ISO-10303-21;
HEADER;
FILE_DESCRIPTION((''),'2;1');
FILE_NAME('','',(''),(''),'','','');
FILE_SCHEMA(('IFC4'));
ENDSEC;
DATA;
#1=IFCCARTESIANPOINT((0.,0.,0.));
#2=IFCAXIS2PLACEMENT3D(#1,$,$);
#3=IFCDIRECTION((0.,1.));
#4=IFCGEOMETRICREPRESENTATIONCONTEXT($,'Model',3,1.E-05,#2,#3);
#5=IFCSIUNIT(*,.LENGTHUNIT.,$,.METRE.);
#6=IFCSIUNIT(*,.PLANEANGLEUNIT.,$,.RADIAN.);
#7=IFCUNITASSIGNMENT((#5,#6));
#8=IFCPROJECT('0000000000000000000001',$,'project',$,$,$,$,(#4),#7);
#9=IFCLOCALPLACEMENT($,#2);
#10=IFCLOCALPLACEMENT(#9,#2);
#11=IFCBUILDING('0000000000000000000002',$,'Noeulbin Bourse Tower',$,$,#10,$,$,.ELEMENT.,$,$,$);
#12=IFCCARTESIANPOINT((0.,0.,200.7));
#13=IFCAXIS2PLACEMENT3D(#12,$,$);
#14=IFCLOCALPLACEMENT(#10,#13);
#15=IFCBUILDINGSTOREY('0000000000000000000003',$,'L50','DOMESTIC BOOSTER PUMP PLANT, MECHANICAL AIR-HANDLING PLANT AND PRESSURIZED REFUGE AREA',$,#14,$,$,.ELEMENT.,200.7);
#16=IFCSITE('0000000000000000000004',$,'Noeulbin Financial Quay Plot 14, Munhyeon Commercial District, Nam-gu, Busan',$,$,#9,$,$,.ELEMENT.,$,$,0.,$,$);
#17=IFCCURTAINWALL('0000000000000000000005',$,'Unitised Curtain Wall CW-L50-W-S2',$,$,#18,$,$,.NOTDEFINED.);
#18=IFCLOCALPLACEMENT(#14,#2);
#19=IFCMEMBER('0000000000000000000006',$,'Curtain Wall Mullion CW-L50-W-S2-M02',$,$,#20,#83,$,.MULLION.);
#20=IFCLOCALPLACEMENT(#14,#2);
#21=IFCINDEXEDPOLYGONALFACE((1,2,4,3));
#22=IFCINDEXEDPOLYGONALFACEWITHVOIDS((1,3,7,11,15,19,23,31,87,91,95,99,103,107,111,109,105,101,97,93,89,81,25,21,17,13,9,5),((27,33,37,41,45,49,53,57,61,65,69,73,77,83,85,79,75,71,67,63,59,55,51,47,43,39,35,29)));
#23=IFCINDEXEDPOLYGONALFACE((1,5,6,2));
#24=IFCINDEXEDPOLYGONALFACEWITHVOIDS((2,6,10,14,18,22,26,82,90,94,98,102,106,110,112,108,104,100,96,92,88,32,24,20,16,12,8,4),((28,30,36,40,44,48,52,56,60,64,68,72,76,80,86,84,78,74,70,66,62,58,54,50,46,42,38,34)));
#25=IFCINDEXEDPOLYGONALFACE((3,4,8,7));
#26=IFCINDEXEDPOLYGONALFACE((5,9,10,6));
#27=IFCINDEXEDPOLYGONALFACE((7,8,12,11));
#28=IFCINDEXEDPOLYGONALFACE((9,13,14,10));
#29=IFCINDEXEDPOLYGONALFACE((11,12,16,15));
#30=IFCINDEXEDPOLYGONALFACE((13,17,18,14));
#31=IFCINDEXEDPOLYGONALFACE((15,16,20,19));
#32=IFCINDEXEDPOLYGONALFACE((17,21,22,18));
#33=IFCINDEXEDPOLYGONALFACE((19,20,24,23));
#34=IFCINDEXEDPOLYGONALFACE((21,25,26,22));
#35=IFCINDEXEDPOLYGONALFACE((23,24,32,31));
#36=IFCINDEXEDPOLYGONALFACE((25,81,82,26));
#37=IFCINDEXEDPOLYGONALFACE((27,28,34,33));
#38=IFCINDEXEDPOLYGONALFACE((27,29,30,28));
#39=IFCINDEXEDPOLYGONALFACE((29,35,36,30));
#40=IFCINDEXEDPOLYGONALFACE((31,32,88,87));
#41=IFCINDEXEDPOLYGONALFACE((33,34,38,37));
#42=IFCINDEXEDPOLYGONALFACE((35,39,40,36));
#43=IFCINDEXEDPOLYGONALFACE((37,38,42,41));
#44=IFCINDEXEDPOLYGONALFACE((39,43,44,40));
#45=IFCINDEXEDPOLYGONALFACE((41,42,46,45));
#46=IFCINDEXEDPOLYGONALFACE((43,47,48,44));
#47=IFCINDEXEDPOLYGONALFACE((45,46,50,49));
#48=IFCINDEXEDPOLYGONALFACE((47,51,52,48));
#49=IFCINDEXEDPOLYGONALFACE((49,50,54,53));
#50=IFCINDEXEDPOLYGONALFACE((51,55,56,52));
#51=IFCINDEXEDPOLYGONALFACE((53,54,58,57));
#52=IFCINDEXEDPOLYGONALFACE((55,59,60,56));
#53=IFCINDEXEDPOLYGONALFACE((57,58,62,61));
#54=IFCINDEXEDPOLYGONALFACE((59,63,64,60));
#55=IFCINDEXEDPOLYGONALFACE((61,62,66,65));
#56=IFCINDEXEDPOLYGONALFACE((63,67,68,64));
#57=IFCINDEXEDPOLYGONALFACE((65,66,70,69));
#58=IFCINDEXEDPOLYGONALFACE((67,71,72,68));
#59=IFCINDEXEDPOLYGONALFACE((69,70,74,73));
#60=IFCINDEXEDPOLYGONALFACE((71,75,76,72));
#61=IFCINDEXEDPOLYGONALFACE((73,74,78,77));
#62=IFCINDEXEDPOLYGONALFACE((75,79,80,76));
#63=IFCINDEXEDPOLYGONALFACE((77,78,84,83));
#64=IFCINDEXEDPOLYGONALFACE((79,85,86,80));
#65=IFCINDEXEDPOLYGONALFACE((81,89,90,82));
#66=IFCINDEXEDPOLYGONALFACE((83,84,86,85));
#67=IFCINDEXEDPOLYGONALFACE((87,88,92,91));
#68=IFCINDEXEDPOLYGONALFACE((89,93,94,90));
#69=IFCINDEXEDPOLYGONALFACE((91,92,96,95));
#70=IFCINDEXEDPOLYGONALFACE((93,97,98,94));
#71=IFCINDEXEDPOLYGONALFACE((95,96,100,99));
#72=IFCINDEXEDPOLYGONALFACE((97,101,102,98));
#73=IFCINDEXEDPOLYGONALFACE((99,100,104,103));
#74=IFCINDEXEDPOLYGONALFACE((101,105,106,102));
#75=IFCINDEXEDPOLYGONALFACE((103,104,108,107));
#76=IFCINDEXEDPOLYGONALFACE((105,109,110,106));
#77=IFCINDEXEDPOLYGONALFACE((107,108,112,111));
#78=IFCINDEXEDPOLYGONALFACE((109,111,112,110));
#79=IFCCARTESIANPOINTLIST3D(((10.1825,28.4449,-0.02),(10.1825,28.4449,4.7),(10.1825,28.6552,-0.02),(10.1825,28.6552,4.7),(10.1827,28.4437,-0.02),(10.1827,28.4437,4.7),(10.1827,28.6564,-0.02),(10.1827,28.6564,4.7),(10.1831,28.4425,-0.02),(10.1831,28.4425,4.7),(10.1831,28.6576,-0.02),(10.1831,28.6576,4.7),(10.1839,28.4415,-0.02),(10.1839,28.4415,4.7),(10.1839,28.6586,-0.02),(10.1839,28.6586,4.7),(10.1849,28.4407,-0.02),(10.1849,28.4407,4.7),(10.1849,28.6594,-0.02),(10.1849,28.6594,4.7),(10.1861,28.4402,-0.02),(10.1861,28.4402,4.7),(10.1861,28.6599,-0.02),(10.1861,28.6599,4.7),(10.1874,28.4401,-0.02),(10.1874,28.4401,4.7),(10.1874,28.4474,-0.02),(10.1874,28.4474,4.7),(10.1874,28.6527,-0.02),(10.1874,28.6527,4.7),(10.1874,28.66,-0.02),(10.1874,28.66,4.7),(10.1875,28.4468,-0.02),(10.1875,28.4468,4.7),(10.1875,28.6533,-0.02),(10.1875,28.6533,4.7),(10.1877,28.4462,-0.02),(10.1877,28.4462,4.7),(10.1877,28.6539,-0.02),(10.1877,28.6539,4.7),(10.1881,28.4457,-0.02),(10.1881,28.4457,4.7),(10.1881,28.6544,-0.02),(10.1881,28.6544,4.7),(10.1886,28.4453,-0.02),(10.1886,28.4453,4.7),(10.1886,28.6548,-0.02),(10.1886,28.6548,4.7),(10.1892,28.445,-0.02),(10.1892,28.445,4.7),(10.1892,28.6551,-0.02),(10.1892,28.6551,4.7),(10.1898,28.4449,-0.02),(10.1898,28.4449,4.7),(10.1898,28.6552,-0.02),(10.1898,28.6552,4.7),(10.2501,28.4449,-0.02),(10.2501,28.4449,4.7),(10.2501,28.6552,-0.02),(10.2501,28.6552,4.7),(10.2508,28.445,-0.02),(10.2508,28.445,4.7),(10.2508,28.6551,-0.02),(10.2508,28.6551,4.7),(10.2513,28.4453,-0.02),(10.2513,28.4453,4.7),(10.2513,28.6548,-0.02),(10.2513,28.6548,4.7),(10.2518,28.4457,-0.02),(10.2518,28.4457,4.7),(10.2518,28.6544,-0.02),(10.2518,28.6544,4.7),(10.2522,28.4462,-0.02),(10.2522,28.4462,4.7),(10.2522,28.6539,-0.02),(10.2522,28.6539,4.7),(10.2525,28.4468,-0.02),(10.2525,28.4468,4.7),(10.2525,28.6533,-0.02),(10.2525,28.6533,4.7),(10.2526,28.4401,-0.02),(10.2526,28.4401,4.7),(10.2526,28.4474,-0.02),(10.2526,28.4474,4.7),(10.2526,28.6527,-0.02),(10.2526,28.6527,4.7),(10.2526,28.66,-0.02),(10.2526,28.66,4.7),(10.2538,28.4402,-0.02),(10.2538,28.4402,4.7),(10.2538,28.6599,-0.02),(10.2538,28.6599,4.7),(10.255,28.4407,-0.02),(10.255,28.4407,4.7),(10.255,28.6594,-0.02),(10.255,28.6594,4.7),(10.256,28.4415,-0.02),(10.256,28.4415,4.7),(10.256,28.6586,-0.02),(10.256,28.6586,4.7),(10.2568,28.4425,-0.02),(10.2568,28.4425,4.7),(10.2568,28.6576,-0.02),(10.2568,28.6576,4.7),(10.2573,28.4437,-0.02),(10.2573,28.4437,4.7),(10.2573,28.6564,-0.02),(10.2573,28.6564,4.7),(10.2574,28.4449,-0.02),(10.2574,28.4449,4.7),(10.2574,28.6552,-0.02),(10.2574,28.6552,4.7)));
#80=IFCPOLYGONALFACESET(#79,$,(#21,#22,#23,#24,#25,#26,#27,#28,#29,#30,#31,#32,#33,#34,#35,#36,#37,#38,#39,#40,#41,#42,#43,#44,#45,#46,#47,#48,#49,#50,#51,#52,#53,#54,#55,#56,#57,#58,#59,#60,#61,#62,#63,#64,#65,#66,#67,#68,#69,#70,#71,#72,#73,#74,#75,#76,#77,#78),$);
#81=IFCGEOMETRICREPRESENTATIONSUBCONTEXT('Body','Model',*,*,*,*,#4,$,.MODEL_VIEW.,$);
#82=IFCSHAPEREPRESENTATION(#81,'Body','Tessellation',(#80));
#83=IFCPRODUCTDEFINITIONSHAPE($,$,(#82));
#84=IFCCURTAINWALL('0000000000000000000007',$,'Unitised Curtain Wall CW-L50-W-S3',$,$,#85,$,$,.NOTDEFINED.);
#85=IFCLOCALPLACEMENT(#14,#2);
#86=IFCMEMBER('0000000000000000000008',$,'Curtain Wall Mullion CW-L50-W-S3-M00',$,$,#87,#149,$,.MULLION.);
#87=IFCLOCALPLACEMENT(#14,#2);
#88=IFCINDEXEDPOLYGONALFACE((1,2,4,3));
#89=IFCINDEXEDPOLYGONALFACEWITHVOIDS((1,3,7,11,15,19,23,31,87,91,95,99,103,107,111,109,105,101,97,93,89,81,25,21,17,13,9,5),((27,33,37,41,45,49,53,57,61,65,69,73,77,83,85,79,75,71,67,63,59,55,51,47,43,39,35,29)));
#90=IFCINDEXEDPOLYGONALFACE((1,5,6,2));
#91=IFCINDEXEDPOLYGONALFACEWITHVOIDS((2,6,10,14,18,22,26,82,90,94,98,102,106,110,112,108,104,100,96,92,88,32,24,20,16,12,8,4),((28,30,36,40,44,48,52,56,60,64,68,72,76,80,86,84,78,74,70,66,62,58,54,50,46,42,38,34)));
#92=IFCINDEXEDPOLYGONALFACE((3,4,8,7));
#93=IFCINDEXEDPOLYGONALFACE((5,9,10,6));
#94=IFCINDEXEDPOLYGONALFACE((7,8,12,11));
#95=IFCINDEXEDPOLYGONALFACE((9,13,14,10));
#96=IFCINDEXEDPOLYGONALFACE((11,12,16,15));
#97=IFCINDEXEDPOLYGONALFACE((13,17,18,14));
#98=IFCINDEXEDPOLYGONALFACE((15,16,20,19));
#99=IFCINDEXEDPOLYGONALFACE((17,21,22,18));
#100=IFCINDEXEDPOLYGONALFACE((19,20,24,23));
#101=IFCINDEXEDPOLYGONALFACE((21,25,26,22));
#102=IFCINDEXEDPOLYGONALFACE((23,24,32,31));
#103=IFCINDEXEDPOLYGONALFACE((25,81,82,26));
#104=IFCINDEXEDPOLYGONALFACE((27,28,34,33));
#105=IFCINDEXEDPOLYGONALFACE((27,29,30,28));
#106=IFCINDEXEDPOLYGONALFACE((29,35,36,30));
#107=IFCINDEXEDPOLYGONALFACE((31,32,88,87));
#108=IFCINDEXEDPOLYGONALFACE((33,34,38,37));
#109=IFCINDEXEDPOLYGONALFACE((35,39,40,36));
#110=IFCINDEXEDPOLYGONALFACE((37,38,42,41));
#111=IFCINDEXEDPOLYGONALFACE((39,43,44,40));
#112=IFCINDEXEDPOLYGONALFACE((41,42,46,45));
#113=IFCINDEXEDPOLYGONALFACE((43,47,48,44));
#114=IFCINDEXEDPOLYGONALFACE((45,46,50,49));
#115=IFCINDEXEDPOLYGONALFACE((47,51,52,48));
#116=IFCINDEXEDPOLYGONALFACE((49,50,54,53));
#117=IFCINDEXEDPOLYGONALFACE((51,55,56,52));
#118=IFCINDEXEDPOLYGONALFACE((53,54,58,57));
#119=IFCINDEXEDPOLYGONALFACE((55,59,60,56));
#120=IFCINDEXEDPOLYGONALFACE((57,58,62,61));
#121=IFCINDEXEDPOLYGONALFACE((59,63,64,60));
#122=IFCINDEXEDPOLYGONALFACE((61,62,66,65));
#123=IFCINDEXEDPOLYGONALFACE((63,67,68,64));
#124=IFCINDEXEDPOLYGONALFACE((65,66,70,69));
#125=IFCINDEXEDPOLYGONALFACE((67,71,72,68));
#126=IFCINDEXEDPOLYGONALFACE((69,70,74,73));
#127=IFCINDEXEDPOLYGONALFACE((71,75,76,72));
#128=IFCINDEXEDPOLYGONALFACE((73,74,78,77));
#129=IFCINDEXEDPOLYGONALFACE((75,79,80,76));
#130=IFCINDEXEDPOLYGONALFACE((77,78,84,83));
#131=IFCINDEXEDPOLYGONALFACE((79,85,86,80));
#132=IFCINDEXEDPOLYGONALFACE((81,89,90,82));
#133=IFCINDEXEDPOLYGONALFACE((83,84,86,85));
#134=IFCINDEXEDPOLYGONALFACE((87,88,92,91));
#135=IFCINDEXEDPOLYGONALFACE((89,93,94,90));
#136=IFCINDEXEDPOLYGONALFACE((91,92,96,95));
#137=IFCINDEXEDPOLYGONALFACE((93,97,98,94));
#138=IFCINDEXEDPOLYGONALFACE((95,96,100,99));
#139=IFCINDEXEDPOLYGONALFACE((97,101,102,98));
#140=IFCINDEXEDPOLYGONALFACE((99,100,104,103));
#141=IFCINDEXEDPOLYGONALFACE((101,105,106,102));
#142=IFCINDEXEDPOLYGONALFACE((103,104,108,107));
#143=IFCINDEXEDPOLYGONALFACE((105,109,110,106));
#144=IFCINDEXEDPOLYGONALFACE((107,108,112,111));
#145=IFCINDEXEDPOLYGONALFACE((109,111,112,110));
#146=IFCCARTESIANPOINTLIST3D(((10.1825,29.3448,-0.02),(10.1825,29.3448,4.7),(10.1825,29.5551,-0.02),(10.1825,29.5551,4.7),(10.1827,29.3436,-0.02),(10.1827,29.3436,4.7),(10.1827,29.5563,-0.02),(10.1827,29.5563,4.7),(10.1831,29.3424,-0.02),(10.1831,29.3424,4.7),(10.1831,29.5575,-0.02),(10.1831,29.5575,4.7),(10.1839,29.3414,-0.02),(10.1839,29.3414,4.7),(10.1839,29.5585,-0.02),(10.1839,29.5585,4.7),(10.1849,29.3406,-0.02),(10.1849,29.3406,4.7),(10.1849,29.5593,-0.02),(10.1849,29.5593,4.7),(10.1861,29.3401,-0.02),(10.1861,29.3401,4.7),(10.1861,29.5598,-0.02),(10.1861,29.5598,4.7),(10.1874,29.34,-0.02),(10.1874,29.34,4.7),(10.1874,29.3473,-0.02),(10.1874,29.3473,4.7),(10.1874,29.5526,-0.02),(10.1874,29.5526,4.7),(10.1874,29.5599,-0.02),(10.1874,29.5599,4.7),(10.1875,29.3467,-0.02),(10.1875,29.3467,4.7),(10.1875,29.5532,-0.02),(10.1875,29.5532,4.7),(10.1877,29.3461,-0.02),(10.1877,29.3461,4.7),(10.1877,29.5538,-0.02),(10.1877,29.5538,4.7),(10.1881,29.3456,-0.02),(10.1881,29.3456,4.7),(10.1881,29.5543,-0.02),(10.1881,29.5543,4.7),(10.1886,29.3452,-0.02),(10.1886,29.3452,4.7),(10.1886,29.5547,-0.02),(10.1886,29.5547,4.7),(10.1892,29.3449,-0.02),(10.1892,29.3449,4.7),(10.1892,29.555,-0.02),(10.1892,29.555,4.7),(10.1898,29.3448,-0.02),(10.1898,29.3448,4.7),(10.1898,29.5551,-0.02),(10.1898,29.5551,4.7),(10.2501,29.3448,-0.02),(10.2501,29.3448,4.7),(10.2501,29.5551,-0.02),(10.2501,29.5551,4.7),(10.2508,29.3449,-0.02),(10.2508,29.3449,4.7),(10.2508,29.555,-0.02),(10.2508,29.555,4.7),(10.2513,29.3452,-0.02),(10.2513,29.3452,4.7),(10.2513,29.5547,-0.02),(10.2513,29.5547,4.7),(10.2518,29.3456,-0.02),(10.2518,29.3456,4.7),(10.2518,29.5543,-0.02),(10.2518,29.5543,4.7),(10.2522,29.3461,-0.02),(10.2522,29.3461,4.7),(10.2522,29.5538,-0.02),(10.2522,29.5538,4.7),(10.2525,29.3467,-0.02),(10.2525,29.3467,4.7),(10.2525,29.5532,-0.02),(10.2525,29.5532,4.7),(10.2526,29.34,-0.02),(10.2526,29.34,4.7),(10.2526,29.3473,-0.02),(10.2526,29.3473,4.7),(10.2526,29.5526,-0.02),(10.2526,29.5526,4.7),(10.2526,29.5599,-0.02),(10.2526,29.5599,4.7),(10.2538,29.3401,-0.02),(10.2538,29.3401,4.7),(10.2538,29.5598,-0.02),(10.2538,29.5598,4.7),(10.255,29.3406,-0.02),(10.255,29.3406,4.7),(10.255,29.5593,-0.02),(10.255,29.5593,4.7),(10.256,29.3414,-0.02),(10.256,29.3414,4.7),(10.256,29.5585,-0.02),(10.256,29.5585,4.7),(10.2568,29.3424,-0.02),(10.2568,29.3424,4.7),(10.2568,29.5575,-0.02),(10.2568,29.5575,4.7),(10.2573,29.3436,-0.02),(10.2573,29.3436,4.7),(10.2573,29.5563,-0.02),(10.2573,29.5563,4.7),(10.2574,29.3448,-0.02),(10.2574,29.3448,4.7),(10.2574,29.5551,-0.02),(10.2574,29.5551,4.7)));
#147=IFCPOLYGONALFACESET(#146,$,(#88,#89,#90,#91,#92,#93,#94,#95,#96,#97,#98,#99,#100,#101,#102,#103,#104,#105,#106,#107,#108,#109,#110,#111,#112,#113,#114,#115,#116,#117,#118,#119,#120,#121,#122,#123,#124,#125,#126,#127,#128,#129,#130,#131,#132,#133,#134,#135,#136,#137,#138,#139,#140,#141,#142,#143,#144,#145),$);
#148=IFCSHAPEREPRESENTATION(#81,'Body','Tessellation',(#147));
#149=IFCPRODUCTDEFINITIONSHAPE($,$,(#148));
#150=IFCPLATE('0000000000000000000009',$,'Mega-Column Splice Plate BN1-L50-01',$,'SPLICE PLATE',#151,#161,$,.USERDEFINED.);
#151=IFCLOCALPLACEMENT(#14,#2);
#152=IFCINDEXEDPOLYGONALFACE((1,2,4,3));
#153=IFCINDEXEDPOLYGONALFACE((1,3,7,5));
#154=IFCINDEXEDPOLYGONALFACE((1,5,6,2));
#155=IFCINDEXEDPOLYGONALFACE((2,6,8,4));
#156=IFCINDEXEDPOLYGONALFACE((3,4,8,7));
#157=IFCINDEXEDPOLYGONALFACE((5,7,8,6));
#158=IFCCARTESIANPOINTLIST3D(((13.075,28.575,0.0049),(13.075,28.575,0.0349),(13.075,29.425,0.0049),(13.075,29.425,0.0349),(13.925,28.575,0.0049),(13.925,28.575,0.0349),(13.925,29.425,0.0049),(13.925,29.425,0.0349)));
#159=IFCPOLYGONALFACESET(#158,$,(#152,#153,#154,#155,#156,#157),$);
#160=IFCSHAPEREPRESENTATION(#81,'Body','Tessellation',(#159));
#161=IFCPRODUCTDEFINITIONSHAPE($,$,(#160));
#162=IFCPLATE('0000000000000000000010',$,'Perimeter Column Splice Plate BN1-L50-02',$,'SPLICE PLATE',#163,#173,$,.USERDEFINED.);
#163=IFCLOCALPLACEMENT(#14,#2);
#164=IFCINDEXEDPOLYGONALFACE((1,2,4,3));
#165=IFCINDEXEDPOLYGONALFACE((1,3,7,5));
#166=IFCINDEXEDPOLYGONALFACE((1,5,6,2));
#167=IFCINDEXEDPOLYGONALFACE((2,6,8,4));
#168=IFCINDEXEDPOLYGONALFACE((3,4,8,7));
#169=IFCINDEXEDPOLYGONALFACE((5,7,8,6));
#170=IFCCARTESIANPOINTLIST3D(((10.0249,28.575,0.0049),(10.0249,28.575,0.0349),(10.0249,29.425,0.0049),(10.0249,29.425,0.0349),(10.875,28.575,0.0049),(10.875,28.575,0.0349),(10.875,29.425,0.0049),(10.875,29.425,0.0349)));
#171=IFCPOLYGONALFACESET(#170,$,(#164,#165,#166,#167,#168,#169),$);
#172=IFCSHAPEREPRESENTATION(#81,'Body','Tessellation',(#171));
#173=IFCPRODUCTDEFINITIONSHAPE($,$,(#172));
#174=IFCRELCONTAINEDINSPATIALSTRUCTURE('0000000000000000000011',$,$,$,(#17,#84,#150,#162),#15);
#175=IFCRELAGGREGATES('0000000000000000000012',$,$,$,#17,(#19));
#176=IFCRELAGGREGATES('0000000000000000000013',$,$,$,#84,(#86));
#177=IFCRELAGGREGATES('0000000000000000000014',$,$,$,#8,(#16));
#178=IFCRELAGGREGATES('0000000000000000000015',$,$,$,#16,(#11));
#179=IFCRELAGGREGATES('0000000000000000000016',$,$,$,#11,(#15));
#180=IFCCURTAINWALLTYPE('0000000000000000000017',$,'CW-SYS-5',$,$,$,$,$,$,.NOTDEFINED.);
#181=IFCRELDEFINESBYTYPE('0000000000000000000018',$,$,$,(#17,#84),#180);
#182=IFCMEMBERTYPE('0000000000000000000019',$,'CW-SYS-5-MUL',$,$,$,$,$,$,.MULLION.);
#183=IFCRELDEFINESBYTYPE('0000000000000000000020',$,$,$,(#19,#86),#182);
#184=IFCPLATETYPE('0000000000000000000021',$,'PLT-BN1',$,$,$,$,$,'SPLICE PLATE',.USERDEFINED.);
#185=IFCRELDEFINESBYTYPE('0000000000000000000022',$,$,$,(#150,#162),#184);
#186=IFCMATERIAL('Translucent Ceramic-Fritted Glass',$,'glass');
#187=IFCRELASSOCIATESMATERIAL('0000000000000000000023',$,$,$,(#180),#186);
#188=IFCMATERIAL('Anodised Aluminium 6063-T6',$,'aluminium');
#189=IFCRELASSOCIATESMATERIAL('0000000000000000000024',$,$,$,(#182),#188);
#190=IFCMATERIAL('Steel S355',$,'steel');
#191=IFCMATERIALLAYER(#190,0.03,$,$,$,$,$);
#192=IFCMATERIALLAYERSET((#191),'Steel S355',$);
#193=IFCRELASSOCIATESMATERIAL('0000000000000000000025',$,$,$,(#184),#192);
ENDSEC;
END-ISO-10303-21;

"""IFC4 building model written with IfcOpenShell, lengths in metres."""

from ifc_helpers import new_model, si_unit, direction, frame, origin, origin_2d, place, context, subcontext, project, spatial, rectangle, hollow_rectangle, extrude, material, layer, layer_set, material_profile, profile_set, type_object, element, aggregate, save


model = new_model("IFC4")

# Units and contexts
model_context = context("Model", 3, precision=1e-05, world=origin(), true_north=direction((0.0, 1.0)))
body_context = subcontext(model_context, "Body", "Model", "MODEL_VIEW")
ifc_project = project(units=[si_unit("LENGTHUNIT", "METRE"), si_unit("PLANEANGLEUNIT", "RADIAN")], contexts=[model_context])

# Site, building, storey
site_placement = place(None, origin())
site = spatial("IfcSite", under=ifc_project, at=site_placement, Name="Noeulbin Financial Quay Plot 14, Munhyeon Commercial District, Nam-gu, Busan", CompositionType="ELEMENT", RefElevation=0.0)
building_placement = place(site_placement, origin())
building = spatial("IfcBuilding", under=site, at=building_placement, Name="Noeulbin Bourse Tower", CompositionType="ELEMENT")
storey_placement = place(building_placement, frame((0.0, 0.0, 200.7)))
storey = spatial("IfcBuildingStorey", under=building, at=storey_placement, Name="L50", Description="DOMESTIC BOOSTER PUMP PLANT, MECHANICAL AIR-HANDLING PLANT AND PRESSURIZED REFUGE AREA", CompositionType="ELEMENT", Elevation=200.7)

# Shared definitions
ifc_material_1 = material(Name="Steel S355", Category="steel")

# Curtain walls, members
ifc_material_2 = material(Name="Translucent Ceramic-Fritted Glass", Category="glass")
curtain_wall_type = type_object("IfcCurtainWallType", Name="CW-SYS-5", PredefinedType="NOTDEFINED", material=ifc_material_2)
curtain_wall_1_placement = place(storey_placement, origin())
curtain_wall_1 = element("IfcCurtainWall", 1, at=curtain_wall_1_placement, inside=storey, type_object=curtain_wall_type, Name="Unitised Curtain Wall CW-L50-W-S2", PredefinedType="NOTDEFINED")
ifc_material_3 = material(Name="Anodised Aluminium 6063-T6", Category="aluminium")
ifc_material_profile_1 = material_profile(ifc_material_3, hollow_rectangle(XDim=0.075, YDim=0.22, WallThickness=0.0049, InnerFilletRadius=0.0024, OuterFilletRadius=0.0049, at=origin_2d()), Name="ALU-MULL-75x220x5", Category="LoadBearing")
ifc_profile_set_1 = profile_set([ifc_material_profile_1], Name="Anodised Aluminium 6063-T6")
member_type = type_object("IfcMemberType", Name="CW-SYS-5-MUL", PredefinedType="MULLION", material=ifc_profile_set_1)
member_1_placement = place(storey_placement, frame((10.22, 28.55, -0.02), z_axis=(0.0, 0.0, 1.0), x_axis=(1.0, 0.0, 0.0)))
member_1 = element("IfcMember", 2, at=member_1_placement, type_object=member_type, Name="Curtain Wall Mullion CW-L50-W-S2-M02", PredefinedType="MULLION", context=body_context, shape_type="SweptSolid", body=[
    extrude(hollow_rectangle(XDim=0.075, YDim=0.22, WallThickness=0.0049, InnerFilletRadius=0.0024, OuterFilletRadius=0.0049, at=origin_2d()), origin(), (0.0, 0.0, 1.0), 4.72),
])
aggregate(curtain_wall_1, [member_1])
curtain_wall_2_placement = place(storey_placement, origin())
curtain_wall_2 = element("IfcCurtainWall", 3, at=curtain_wall_2_placement, inside=storey, type_object=curtain_wall_type, Name="Unitised Curtain Wall CW-L50-W-S3", PredefinedType="NOTDEFINED")
member_2_placement = place(storey_placement, frame((10.22, 29.45, -0.02), z_axis=(0.0, 0.0, 1.0), x_axis=(1.0, 0.0, 0.0)))
member_2 = element("IfcMember", 4, at=member_2_placement, type_object=member_type, Name="Curtain Wall Mullion CW-L50-W-S3-M00", PredefinedType="MULLION", context=body_context, shape_type="SweptSolid", body=[
    extrude(hollow_rectangle(XDim=0.075, YDim=0.22, WallThickness=0.0049, InnerFilletRadius=0.0024, OuterFilletRadius=0.0049, at=origin_2d()), origin(), (0.0, 0.0, 1.0), 4.72),
])
aggregate(curtain_wall_2, [member_2])

# Plates
ifc_layer_1 = layer(ifc_material_1, 0.03)
ifc_layer_set_1 = layer_set([ifc_layer_1], Name="Steel S355")
plate_type = type_object("IfcPlateType", Name="PLT-BN1", ElementType="SPLICE PLATE", PredefinedType="USERDEFINED", material=ifc_layer_set_1)
for number, where, z_axis, x_axis, name in (
    (5, (13.5, 29.0, 0.0049), (0.0, 0.0, 1.0), (1.0, 0.0, 0.0), "Mega-Column Splice Plate BN1-L50-01"),
    (6, (10.45, 29.0, 0.0049), (0.0, 0.0, 1.0), (1.0, 0.0, 0.0), "Perimeter Column Splice Plate BN1-L50-02"),
):
    element("IfcPlate", number, at=place(storey_placement, frame(where, z_axis=z_axis, x_axis=x_axis)), inside=storey, type_object=plate_type, Name=name, ObjectType="SPLICE PLATE", PredefinedType="USERDEFINED", context=body_context, shape_type="SweptSolid", body=[
        extrude(rectangle(XDim=0.8501, YDim=0.8501, at=origin_2d()), origin(), (0.0, 0.0, 1.0), 0.03),
    ])

save(model, "model.ifc")
